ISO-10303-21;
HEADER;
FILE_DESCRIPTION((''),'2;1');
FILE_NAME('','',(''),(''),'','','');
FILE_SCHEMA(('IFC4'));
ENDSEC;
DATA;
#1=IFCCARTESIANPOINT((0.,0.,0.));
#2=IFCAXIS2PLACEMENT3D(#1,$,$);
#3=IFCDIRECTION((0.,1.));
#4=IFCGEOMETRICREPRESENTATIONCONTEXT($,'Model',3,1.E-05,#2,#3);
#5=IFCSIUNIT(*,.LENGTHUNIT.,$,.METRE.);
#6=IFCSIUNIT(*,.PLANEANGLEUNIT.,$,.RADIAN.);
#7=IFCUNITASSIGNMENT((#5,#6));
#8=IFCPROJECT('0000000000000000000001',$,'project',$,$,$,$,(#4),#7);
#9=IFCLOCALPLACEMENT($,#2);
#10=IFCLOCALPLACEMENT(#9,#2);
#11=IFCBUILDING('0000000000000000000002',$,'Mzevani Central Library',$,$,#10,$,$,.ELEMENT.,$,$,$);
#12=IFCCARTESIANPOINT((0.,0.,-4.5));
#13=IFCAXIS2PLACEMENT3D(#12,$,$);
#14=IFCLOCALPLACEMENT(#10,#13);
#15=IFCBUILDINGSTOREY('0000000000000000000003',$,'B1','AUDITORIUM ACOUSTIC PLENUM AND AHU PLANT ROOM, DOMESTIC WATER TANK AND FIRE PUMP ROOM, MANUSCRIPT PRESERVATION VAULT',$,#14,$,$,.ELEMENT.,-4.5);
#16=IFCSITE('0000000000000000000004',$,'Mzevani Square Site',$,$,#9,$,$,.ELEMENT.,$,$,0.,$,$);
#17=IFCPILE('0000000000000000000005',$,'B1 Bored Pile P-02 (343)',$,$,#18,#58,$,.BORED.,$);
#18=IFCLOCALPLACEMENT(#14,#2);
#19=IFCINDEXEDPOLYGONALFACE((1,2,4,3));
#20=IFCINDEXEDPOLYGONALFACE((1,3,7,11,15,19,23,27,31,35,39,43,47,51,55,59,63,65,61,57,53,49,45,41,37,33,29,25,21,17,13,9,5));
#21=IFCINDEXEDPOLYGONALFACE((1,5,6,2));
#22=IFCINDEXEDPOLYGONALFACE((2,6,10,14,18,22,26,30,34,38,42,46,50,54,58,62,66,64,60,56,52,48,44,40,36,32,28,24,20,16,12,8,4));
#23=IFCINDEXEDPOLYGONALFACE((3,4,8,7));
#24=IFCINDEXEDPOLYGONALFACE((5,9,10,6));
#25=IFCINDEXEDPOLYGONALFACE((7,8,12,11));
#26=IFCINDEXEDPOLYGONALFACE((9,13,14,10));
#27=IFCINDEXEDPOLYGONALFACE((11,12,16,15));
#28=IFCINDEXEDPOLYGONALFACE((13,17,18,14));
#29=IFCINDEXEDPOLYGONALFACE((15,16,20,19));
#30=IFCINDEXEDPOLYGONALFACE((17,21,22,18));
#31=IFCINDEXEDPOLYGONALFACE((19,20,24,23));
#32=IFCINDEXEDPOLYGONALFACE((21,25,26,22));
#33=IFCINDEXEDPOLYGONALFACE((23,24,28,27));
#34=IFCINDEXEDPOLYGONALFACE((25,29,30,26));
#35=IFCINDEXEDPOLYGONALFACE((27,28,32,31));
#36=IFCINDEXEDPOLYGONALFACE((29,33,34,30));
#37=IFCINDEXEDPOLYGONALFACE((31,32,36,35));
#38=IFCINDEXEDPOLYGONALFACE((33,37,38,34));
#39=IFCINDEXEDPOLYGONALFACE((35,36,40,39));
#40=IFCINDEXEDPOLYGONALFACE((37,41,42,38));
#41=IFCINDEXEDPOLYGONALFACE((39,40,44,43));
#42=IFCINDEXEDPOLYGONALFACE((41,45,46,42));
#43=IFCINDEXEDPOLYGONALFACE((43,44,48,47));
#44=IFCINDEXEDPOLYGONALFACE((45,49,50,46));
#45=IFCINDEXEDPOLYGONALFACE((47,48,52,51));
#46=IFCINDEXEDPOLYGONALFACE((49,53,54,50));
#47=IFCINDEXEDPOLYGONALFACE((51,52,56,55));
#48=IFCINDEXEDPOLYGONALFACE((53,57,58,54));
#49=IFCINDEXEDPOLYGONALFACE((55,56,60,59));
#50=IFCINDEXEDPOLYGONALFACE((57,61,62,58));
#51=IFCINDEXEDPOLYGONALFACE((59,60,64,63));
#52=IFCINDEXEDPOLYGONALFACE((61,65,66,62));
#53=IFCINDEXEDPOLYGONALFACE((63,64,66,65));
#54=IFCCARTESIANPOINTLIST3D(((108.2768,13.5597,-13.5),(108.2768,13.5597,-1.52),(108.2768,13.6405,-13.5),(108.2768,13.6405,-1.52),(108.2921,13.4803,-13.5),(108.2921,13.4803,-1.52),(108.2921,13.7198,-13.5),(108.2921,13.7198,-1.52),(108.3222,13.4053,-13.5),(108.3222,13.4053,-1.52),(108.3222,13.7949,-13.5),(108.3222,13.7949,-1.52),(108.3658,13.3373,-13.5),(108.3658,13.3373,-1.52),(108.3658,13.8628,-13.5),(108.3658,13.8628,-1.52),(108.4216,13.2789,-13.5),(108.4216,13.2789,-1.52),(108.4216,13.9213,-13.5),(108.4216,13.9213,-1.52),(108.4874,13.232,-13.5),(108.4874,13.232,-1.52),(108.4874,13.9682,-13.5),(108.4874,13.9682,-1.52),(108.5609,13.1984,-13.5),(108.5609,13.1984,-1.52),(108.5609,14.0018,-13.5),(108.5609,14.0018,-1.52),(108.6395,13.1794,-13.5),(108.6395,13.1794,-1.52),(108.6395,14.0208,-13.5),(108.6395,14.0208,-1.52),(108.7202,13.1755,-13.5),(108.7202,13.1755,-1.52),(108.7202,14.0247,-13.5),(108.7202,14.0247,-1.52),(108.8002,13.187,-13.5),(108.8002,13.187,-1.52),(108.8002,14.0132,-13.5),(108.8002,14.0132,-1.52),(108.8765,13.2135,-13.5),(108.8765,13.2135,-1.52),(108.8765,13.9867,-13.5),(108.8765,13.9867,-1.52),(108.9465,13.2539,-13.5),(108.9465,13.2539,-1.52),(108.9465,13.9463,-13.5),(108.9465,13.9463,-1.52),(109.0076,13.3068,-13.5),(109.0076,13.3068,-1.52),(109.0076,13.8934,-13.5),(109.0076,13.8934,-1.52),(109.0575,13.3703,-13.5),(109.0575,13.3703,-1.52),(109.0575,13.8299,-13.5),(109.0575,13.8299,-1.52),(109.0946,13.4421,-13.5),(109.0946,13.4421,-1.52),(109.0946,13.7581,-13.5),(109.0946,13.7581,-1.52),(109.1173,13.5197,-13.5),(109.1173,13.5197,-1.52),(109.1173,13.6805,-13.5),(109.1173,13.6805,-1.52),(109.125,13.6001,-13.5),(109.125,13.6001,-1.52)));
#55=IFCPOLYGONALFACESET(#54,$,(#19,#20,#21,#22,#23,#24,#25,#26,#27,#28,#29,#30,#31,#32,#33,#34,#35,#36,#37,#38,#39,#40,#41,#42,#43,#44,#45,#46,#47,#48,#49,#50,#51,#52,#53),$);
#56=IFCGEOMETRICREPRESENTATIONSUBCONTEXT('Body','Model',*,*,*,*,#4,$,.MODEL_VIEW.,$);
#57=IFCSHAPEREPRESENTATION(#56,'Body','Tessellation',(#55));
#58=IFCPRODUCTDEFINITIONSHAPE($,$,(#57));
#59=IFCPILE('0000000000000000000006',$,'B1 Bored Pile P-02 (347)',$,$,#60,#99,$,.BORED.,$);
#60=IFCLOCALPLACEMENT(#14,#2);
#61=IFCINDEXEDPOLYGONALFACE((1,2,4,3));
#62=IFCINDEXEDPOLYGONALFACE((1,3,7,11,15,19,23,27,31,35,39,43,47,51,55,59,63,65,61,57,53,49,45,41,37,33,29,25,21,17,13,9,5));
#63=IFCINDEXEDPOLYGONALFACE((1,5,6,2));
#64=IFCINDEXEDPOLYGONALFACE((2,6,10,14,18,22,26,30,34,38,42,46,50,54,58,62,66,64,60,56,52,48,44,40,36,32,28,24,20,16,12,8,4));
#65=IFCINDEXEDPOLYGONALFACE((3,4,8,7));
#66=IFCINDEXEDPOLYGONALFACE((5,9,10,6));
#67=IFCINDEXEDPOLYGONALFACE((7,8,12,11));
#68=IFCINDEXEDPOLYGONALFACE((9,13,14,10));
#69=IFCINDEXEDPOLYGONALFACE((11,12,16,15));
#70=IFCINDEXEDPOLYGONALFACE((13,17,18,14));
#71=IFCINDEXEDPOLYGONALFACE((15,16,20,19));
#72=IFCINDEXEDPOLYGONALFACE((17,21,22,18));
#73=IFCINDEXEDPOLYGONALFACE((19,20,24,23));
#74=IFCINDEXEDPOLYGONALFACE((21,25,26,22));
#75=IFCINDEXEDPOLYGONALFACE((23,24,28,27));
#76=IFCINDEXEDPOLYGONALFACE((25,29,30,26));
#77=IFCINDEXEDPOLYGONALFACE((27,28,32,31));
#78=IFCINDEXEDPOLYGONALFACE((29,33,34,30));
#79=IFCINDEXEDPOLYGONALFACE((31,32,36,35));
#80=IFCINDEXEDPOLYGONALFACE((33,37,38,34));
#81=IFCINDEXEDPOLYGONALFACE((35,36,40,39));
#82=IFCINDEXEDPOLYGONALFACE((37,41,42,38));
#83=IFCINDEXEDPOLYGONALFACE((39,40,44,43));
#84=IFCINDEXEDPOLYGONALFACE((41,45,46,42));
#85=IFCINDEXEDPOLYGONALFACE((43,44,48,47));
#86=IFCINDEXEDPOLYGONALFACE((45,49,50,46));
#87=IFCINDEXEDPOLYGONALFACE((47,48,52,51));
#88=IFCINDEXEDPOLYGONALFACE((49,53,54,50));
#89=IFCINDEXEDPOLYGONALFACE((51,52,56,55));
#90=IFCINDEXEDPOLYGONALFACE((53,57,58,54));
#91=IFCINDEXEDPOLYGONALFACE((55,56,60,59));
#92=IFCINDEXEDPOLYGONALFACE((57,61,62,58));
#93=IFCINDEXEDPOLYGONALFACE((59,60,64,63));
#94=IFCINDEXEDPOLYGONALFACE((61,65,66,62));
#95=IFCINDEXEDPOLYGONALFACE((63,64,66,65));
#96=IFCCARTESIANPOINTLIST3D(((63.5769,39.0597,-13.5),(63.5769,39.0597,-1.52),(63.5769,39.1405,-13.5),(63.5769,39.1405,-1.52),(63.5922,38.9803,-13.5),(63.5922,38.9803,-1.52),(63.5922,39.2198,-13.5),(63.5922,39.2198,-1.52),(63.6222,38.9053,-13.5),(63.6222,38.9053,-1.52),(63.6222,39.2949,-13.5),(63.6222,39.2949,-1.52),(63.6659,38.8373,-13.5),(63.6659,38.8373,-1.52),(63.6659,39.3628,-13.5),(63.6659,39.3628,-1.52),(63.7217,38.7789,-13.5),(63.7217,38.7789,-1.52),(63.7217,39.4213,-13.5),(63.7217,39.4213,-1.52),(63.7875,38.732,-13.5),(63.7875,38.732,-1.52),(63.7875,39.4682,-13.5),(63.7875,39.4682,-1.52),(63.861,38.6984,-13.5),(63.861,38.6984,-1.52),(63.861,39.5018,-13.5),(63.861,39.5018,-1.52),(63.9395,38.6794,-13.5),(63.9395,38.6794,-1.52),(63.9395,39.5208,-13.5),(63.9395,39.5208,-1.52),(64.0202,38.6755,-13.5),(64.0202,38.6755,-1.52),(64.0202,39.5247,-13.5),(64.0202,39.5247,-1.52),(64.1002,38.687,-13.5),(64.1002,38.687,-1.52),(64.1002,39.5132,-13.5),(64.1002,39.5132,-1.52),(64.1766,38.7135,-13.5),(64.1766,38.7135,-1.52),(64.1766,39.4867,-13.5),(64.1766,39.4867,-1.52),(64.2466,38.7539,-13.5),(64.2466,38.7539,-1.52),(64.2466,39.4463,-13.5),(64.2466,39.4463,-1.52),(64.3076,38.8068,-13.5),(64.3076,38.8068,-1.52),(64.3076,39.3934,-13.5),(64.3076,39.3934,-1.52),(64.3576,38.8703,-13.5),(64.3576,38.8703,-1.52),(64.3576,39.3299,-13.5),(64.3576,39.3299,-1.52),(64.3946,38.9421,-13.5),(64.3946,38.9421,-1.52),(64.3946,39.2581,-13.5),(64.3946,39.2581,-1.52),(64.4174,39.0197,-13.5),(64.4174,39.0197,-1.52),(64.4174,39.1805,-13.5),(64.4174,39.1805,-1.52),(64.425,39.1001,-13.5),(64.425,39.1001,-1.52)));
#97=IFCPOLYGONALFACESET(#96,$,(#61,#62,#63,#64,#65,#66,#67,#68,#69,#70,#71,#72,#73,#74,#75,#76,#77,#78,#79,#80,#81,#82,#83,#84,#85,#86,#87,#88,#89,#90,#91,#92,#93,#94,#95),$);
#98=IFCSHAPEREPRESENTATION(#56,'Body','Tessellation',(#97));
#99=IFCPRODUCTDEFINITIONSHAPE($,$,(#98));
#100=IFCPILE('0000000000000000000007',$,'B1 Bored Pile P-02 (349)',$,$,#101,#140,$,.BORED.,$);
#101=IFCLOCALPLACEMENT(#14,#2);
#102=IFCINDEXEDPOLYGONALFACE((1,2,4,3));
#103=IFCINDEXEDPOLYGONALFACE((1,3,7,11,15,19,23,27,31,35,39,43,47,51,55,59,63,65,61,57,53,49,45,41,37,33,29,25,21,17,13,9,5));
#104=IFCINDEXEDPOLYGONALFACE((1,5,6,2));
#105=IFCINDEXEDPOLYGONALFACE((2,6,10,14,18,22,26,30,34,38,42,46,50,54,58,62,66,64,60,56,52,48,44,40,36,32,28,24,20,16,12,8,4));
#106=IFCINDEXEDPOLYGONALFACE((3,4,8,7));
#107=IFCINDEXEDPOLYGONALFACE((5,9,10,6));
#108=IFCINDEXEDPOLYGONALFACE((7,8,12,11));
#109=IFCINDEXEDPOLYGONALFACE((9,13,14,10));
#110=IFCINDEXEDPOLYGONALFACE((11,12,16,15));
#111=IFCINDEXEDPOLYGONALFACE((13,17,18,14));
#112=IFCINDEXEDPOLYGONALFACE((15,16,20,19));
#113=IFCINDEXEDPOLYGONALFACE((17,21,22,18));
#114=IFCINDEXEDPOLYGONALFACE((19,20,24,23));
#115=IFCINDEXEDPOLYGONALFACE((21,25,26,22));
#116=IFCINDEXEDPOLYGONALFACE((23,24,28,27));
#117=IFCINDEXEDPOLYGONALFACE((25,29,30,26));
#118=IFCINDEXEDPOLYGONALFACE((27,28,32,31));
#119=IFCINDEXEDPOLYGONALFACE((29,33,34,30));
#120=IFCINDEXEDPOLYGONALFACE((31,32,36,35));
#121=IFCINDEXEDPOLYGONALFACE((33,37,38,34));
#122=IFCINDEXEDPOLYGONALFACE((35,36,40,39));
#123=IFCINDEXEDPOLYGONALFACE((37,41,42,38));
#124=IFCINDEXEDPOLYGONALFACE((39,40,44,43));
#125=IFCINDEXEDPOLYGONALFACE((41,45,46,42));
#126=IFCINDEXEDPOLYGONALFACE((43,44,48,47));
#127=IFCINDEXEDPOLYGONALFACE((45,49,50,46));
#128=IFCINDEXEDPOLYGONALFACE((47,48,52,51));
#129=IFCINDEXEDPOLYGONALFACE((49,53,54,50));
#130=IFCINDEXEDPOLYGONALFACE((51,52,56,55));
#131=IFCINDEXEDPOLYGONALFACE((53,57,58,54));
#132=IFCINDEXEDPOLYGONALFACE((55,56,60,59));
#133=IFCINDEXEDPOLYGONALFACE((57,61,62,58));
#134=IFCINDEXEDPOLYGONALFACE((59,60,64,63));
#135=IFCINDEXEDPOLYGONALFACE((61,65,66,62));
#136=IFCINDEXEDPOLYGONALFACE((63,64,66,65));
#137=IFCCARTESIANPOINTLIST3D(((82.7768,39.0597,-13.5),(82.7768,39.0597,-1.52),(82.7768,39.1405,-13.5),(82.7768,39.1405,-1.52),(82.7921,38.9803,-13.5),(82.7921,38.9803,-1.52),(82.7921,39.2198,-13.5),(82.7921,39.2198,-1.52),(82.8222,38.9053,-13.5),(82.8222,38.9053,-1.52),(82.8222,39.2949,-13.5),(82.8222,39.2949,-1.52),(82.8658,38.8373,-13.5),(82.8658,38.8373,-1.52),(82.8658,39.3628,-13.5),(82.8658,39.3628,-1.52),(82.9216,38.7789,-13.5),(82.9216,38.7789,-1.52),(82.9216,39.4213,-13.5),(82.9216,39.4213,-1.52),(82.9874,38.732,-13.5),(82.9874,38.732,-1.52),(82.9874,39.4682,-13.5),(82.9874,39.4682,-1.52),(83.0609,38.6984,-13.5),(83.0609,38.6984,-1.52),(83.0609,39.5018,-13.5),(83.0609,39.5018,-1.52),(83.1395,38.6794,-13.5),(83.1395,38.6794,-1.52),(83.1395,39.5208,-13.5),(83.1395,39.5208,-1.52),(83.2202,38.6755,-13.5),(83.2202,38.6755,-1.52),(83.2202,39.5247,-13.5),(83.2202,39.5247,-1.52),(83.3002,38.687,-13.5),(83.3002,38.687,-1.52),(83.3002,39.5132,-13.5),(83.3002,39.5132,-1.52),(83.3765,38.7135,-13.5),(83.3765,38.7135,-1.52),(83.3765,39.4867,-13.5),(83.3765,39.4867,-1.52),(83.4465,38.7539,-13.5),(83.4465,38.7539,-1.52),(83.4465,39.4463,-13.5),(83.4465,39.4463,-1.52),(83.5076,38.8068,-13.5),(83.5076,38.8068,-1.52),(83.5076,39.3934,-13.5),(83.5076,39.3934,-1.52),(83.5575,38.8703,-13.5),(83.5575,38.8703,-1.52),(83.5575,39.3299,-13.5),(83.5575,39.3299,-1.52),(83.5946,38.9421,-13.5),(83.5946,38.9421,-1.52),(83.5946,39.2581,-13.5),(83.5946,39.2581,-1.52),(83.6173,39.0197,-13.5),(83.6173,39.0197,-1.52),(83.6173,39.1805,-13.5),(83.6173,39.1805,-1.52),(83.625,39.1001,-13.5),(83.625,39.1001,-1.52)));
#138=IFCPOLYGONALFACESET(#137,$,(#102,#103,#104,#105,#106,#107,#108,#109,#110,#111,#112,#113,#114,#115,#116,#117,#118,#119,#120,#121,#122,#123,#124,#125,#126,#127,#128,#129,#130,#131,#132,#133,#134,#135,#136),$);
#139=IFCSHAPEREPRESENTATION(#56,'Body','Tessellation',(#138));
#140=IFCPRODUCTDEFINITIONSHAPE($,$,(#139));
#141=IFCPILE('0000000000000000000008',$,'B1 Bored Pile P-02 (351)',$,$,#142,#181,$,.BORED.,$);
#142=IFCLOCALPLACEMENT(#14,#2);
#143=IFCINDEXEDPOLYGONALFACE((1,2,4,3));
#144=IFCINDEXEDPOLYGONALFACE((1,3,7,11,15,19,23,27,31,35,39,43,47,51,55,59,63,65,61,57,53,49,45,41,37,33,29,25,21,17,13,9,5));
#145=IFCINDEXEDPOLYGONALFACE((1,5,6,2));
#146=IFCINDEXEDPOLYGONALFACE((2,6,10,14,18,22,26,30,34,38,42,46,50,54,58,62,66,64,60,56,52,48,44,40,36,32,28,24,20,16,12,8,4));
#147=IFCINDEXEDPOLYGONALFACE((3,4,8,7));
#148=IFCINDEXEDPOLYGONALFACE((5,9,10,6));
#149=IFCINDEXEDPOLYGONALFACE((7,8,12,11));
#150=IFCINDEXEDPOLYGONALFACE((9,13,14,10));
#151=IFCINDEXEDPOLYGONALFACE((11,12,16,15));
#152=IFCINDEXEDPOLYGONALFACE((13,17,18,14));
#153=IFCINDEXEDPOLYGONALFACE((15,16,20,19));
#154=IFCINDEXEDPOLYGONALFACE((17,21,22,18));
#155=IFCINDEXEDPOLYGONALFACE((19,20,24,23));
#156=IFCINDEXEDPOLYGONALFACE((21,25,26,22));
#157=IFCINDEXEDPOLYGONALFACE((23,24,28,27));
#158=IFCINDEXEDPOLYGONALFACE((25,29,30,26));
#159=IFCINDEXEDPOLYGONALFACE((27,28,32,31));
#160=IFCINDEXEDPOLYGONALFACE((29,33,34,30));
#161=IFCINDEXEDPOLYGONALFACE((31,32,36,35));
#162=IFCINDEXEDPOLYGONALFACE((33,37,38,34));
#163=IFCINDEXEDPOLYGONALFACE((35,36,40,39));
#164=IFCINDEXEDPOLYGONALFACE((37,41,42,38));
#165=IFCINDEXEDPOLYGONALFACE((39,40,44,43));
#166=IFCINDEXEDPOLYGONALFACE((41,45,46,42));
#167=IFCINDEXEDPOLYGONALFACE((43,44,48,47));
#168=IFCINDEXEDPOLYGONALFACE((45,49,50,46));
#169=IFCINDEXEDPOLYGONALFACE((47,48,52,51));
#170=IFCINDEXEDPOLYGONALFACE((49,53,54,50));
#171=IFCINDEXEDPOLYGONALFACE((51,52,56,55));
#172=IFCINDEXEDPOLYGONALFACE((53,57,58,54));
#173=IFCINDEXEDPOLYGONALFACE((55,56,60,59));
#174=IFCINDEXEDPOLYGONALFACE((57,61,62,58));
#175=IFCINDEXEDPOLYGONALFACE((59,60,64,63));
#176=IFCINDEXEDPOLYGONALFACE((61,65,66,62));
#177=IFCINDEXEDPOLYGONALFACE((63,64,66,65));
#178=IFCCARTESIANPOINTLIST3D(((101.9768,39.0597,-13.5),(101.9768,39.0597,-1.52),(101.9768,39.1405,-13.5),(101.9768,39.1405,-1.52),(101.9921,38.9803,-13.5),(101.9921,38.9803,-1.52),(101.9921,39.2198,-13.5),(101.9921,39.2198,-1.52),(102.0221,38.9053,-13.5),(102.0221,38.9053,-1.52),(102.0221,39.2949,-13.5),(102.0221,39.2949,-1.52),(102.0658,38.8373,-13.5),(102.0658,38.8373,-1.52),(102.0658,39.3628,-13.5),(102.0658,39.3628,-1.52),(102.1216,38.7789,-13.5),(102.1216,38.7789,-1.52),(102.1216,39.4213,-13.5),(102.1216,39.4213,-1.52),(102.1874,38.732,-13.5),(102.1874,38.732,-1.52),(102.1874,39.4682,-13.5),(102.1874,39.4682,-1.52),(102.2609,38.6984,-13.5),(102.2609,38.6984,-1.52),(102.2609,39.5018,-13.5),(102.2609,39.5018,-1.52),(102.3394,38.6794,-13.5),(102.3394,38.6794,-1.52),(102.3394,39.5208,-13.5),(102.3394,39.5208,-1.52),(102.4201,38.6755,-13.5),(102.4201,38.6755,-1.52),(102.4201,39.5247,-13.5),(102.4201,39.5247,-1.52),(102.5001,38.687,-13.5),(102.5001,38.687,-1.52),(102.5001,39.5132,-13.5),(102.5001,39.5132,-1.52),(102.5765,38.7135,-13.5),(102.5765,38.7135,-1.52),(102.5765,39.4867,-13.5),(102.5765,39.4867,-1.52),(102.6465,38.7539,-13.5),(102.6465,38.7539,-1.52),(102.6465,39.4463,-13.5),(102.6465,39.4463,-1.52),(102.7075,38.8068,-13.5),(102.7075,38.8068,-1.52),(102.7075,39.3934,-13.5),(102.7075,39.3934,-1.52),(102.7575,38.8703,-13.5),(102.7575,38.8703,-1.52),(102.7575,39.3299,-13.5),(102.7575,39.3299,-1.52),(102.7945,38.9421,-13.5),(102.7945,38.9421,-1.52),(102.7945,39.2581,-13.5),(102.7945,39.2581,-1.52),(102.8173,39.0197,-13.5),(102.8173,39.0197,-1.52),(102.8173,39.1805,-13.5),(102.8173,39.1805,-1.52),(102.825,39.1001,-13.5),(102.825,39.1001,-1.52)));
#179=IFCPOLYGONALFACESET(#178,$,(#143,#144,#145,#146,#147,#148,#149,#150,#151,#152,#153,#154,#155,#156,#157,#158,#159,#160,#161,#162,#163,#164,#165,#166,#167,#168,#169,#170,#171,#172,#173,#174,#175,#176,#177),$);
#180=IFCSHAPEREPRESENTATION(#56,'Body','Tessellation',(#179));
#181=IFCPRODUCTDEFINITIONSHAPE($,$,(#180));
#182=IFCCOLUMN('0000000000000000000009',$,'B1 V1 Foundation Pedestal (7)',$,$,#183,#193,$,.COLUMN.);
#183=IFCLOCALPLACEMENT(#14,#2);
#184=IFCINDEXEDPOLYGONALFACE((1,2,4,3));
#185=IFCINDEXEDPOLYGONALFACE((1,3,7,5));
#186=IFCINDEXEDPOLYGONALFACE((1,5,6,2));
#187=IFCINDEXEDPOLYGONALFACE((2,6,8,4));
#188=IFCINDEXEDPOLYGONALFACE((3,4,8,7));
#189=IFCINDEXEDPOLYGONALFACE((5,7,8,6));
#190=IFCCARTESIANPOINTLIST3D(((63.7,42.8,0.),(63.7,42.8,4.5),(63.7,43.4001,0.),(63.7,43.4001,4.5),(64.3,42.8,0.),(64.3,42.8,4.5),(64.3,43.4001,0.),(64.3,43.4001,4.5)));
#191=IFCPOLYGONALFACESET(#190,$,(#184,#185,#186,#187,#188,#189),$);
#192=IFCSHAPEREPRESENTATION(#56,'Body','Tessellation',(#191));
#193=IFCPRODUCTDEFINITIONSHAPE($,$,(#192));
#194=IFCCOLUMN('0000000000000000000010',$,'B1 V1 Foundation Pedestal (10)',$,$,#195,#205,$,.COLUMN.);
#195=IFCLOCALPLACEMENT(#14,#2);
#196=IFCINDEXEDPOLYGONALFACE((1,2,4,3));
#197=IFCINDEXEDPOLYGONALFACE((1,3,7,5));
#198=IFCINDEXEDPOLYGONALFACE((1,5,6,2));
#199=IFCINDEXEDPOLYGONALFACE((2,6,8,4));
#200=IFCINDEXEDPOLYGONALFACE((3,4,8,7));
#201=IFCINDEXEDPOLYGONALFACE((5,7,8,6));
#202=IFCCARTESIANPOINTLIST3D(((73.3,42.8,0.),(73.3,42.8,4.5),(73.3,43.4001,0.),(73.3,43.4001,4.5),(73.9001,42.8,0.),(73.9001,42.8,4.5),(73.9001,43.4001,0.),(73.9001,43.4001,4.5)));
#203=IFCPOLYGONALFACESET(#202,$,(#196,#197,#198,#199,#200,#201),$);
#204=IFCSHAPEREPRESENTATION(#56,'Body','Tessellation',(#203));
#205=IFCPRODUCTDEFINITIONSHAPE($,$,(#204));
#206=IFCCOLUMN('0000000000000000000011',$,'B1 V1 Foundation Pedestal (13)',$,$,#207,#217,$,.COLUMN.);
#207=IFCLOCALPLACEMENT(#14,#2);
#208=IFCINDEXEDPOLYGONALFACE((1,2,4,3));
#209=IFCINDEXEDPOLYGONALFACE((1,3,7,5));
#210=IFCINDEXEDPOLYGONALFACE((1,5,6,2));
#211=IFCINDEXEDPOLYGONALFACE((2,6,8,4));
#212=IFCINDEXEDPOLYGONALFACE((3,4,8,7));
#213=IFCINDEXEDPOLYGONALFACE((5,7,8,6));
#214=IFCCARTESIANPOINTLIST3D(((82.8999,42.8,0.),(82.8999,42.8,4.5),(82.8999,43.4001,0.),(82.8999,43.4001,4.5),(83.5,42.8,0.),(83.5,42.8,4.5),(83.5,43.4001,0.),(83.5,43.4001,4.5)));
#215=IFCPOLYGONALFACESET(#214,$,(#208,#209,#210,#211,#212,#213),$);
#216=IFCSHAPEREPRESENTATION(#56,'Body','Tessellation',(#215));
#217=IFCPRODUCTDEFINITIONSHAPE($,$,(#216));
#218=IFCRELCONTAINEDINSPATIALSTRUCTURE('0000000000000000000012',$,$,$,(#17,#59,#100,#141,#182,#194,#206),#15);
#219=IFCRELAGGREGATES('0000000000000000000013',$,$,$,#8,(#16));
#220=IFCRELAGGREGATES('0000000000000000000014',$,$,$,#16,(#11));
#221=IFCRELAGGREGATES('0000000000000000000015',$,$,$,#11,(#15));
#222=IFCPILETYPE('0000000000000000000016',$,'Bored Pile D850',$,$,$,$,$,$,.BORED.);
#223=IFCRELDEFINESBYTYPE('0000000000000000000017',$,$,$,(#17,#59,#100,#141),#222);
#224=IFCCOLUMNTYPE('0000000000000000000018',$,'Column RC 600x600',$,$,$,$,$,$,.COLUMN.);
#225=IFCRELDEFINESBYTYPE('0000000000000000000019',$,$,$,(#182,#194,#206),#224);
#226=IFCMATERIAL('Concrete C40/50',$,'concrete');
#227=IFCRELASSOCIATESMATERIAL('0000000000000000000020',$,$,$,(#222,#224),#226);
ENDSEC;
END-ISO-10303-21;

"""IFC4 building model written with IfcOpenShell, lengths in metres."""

from ifc_helpers import new_model, si_unit, direction, frame, origin, origin_2d, place, context, subcontext, project, spatial, rectangle, circle, extrude, material, material_profile, profile_set, type_object, element, save


model = new_model("IFC4")

# Units and contexts
model_context = context("Model", 3, precision=1e-05, world=origin(), true_north=direction((0.0, 1.0)))
body_context = subcontext(model_context, "Body", "Model", "MODEL_VIEW")
ifc_project = project(units=[si_unit("LENGTHUNIT", "METRE"), si_unit("PLANEANGLEUNIT", "RADIAN")], contexts=[model_context])

# Site, building, storey
site_placement = place(None, origin())
site = spatial("IfcSite", under=ifc_project, at=site_placement, Name="Mzevani Square Site", CompositionType="ELEMENT", RefElevation=0.0)
building_placement = place(site_placement, origin())
building = spatial("IfcBuilding", under=site, at=building_placement, Name="Mzevani Central Library", CompositionType="ELEMENT")
storey_placement = place(building_placement, frame((0.0, 0.0, -4.5)))
storey = spatial("IfcBuildingStorey", under=building, at=storey_placement, Name="B1", Description="AUDITORIUM ACOUSTIC PLENUM AND AHU PLANT ROOM, DOMESTIC WATER TANK AND FIRE PUMP ROOM, MANUSCRIPT PRESERVATION VAULT", CompositionType="ELEMENT", Elevation=-4.5)

# Piles
ifc_material_1 = material(Name="Concrete C40/50", Category="concrete")
ifc_material_profile_1 = material_profile(ifc_material_1, circle(Radius=0.425, at=origin_2d()), Name="PILE D850")
ifc_profile_set_1 = profile_set([ifc_material_profile_1], Name="Concrete C40/50")
pile_type_1 = type_object("IfcPileType", Name="Bored Pile D850", PredefinedType="BORED", material=ifc_profile_set_1)
for number, where, z_axis, x_axis, name in (
    (1, (108.7, 13.6001, -1.52), (0.0, 0.0, -1.0), (1.0, 0.0, 0.0), "B1 Bored Pile P-02 (343)"),
    (2, (64.0, 39.1001, -1.52), (0.0, 0.0, -1.0), (1.0, 0.0, 0.0), "B1 Bored Pile P-02 (347)"),
    (3, (83.2, 39.1001, -1.52), (0.0, 0.0, -1.0), (1.0, 0.0, 0.0), "B1 Bored Pile P-02 (349)"),
    (4, (102.3999, 39.1001, -1.52), (0.0, 0.0, -1.0), (1.0, 0.0, 0.0), "B1 Bored Pile P-02 (351)"),
):
    element("IfcPile", number, at=place(storey_placement, frame(where, z_axis=z_axis, x_axis=x_axis)), inside=storey, type_object=pile_type_1, Name=name, PredefinedType="BORED", context=body_context, shape_type="SweptSolid", body=[
        extrude(circle(Radius=0.425, at=origin_2d()), origin(), (0.0, 0.0, 1.0), 11.98),
    ])

# Columns
ifc_material_profile_2 = material_profile(ifc_material_1, rectangle(XDim=0.6001, YDim=0.6001, at=origin_2d()), Name="RC 600x600")
ifc_profile_set_2 = profile_set([ifc_material_profile_2], Name="Concrete C40/50")
column_type = type_object("IfcColumnType", Name="Column RC 600x600", PredefinedType="COLUMN", material=ifc_profile_set_2)
for number, where, z_axis, x_axis, name in (
    (5, (64.0, 43.1001, 0.0), (0.0, 0.0, 1.0), (1.0, 0.0, 0.0), "B1 V1 Foundation Pedestal (7)"),
    (6, (73.6001, 43.1001, 0.0), (0.0, 0.0, 1.0), (1.0, 0.0, 0.0), "B1 V1 Foundation Pedestal (10)"),
    (7, (83.2, 43.1001, 0.0), (0.0, 0.0, 1.0), (1.0, 0.0, 0.0), "B1 V1 Foundation Pedestal (13)"),
):
    element("IfcColumn", number, at=place(storey_placement, frame(where, z_axis=z_axis, x_axis=x_axis)), inside=storey, type_object=column_type, Name=name, PredefinedType="COLUMN", context=body_context, shape_type="SweptSolid", body=[
        extrude(rectangle(XDim=0.6001, YDim=0.6001, at=origin_2d()), origin(), (0.0, 0.0, 1.0), 4.5),
    ])

save(model, "model.ifc")
